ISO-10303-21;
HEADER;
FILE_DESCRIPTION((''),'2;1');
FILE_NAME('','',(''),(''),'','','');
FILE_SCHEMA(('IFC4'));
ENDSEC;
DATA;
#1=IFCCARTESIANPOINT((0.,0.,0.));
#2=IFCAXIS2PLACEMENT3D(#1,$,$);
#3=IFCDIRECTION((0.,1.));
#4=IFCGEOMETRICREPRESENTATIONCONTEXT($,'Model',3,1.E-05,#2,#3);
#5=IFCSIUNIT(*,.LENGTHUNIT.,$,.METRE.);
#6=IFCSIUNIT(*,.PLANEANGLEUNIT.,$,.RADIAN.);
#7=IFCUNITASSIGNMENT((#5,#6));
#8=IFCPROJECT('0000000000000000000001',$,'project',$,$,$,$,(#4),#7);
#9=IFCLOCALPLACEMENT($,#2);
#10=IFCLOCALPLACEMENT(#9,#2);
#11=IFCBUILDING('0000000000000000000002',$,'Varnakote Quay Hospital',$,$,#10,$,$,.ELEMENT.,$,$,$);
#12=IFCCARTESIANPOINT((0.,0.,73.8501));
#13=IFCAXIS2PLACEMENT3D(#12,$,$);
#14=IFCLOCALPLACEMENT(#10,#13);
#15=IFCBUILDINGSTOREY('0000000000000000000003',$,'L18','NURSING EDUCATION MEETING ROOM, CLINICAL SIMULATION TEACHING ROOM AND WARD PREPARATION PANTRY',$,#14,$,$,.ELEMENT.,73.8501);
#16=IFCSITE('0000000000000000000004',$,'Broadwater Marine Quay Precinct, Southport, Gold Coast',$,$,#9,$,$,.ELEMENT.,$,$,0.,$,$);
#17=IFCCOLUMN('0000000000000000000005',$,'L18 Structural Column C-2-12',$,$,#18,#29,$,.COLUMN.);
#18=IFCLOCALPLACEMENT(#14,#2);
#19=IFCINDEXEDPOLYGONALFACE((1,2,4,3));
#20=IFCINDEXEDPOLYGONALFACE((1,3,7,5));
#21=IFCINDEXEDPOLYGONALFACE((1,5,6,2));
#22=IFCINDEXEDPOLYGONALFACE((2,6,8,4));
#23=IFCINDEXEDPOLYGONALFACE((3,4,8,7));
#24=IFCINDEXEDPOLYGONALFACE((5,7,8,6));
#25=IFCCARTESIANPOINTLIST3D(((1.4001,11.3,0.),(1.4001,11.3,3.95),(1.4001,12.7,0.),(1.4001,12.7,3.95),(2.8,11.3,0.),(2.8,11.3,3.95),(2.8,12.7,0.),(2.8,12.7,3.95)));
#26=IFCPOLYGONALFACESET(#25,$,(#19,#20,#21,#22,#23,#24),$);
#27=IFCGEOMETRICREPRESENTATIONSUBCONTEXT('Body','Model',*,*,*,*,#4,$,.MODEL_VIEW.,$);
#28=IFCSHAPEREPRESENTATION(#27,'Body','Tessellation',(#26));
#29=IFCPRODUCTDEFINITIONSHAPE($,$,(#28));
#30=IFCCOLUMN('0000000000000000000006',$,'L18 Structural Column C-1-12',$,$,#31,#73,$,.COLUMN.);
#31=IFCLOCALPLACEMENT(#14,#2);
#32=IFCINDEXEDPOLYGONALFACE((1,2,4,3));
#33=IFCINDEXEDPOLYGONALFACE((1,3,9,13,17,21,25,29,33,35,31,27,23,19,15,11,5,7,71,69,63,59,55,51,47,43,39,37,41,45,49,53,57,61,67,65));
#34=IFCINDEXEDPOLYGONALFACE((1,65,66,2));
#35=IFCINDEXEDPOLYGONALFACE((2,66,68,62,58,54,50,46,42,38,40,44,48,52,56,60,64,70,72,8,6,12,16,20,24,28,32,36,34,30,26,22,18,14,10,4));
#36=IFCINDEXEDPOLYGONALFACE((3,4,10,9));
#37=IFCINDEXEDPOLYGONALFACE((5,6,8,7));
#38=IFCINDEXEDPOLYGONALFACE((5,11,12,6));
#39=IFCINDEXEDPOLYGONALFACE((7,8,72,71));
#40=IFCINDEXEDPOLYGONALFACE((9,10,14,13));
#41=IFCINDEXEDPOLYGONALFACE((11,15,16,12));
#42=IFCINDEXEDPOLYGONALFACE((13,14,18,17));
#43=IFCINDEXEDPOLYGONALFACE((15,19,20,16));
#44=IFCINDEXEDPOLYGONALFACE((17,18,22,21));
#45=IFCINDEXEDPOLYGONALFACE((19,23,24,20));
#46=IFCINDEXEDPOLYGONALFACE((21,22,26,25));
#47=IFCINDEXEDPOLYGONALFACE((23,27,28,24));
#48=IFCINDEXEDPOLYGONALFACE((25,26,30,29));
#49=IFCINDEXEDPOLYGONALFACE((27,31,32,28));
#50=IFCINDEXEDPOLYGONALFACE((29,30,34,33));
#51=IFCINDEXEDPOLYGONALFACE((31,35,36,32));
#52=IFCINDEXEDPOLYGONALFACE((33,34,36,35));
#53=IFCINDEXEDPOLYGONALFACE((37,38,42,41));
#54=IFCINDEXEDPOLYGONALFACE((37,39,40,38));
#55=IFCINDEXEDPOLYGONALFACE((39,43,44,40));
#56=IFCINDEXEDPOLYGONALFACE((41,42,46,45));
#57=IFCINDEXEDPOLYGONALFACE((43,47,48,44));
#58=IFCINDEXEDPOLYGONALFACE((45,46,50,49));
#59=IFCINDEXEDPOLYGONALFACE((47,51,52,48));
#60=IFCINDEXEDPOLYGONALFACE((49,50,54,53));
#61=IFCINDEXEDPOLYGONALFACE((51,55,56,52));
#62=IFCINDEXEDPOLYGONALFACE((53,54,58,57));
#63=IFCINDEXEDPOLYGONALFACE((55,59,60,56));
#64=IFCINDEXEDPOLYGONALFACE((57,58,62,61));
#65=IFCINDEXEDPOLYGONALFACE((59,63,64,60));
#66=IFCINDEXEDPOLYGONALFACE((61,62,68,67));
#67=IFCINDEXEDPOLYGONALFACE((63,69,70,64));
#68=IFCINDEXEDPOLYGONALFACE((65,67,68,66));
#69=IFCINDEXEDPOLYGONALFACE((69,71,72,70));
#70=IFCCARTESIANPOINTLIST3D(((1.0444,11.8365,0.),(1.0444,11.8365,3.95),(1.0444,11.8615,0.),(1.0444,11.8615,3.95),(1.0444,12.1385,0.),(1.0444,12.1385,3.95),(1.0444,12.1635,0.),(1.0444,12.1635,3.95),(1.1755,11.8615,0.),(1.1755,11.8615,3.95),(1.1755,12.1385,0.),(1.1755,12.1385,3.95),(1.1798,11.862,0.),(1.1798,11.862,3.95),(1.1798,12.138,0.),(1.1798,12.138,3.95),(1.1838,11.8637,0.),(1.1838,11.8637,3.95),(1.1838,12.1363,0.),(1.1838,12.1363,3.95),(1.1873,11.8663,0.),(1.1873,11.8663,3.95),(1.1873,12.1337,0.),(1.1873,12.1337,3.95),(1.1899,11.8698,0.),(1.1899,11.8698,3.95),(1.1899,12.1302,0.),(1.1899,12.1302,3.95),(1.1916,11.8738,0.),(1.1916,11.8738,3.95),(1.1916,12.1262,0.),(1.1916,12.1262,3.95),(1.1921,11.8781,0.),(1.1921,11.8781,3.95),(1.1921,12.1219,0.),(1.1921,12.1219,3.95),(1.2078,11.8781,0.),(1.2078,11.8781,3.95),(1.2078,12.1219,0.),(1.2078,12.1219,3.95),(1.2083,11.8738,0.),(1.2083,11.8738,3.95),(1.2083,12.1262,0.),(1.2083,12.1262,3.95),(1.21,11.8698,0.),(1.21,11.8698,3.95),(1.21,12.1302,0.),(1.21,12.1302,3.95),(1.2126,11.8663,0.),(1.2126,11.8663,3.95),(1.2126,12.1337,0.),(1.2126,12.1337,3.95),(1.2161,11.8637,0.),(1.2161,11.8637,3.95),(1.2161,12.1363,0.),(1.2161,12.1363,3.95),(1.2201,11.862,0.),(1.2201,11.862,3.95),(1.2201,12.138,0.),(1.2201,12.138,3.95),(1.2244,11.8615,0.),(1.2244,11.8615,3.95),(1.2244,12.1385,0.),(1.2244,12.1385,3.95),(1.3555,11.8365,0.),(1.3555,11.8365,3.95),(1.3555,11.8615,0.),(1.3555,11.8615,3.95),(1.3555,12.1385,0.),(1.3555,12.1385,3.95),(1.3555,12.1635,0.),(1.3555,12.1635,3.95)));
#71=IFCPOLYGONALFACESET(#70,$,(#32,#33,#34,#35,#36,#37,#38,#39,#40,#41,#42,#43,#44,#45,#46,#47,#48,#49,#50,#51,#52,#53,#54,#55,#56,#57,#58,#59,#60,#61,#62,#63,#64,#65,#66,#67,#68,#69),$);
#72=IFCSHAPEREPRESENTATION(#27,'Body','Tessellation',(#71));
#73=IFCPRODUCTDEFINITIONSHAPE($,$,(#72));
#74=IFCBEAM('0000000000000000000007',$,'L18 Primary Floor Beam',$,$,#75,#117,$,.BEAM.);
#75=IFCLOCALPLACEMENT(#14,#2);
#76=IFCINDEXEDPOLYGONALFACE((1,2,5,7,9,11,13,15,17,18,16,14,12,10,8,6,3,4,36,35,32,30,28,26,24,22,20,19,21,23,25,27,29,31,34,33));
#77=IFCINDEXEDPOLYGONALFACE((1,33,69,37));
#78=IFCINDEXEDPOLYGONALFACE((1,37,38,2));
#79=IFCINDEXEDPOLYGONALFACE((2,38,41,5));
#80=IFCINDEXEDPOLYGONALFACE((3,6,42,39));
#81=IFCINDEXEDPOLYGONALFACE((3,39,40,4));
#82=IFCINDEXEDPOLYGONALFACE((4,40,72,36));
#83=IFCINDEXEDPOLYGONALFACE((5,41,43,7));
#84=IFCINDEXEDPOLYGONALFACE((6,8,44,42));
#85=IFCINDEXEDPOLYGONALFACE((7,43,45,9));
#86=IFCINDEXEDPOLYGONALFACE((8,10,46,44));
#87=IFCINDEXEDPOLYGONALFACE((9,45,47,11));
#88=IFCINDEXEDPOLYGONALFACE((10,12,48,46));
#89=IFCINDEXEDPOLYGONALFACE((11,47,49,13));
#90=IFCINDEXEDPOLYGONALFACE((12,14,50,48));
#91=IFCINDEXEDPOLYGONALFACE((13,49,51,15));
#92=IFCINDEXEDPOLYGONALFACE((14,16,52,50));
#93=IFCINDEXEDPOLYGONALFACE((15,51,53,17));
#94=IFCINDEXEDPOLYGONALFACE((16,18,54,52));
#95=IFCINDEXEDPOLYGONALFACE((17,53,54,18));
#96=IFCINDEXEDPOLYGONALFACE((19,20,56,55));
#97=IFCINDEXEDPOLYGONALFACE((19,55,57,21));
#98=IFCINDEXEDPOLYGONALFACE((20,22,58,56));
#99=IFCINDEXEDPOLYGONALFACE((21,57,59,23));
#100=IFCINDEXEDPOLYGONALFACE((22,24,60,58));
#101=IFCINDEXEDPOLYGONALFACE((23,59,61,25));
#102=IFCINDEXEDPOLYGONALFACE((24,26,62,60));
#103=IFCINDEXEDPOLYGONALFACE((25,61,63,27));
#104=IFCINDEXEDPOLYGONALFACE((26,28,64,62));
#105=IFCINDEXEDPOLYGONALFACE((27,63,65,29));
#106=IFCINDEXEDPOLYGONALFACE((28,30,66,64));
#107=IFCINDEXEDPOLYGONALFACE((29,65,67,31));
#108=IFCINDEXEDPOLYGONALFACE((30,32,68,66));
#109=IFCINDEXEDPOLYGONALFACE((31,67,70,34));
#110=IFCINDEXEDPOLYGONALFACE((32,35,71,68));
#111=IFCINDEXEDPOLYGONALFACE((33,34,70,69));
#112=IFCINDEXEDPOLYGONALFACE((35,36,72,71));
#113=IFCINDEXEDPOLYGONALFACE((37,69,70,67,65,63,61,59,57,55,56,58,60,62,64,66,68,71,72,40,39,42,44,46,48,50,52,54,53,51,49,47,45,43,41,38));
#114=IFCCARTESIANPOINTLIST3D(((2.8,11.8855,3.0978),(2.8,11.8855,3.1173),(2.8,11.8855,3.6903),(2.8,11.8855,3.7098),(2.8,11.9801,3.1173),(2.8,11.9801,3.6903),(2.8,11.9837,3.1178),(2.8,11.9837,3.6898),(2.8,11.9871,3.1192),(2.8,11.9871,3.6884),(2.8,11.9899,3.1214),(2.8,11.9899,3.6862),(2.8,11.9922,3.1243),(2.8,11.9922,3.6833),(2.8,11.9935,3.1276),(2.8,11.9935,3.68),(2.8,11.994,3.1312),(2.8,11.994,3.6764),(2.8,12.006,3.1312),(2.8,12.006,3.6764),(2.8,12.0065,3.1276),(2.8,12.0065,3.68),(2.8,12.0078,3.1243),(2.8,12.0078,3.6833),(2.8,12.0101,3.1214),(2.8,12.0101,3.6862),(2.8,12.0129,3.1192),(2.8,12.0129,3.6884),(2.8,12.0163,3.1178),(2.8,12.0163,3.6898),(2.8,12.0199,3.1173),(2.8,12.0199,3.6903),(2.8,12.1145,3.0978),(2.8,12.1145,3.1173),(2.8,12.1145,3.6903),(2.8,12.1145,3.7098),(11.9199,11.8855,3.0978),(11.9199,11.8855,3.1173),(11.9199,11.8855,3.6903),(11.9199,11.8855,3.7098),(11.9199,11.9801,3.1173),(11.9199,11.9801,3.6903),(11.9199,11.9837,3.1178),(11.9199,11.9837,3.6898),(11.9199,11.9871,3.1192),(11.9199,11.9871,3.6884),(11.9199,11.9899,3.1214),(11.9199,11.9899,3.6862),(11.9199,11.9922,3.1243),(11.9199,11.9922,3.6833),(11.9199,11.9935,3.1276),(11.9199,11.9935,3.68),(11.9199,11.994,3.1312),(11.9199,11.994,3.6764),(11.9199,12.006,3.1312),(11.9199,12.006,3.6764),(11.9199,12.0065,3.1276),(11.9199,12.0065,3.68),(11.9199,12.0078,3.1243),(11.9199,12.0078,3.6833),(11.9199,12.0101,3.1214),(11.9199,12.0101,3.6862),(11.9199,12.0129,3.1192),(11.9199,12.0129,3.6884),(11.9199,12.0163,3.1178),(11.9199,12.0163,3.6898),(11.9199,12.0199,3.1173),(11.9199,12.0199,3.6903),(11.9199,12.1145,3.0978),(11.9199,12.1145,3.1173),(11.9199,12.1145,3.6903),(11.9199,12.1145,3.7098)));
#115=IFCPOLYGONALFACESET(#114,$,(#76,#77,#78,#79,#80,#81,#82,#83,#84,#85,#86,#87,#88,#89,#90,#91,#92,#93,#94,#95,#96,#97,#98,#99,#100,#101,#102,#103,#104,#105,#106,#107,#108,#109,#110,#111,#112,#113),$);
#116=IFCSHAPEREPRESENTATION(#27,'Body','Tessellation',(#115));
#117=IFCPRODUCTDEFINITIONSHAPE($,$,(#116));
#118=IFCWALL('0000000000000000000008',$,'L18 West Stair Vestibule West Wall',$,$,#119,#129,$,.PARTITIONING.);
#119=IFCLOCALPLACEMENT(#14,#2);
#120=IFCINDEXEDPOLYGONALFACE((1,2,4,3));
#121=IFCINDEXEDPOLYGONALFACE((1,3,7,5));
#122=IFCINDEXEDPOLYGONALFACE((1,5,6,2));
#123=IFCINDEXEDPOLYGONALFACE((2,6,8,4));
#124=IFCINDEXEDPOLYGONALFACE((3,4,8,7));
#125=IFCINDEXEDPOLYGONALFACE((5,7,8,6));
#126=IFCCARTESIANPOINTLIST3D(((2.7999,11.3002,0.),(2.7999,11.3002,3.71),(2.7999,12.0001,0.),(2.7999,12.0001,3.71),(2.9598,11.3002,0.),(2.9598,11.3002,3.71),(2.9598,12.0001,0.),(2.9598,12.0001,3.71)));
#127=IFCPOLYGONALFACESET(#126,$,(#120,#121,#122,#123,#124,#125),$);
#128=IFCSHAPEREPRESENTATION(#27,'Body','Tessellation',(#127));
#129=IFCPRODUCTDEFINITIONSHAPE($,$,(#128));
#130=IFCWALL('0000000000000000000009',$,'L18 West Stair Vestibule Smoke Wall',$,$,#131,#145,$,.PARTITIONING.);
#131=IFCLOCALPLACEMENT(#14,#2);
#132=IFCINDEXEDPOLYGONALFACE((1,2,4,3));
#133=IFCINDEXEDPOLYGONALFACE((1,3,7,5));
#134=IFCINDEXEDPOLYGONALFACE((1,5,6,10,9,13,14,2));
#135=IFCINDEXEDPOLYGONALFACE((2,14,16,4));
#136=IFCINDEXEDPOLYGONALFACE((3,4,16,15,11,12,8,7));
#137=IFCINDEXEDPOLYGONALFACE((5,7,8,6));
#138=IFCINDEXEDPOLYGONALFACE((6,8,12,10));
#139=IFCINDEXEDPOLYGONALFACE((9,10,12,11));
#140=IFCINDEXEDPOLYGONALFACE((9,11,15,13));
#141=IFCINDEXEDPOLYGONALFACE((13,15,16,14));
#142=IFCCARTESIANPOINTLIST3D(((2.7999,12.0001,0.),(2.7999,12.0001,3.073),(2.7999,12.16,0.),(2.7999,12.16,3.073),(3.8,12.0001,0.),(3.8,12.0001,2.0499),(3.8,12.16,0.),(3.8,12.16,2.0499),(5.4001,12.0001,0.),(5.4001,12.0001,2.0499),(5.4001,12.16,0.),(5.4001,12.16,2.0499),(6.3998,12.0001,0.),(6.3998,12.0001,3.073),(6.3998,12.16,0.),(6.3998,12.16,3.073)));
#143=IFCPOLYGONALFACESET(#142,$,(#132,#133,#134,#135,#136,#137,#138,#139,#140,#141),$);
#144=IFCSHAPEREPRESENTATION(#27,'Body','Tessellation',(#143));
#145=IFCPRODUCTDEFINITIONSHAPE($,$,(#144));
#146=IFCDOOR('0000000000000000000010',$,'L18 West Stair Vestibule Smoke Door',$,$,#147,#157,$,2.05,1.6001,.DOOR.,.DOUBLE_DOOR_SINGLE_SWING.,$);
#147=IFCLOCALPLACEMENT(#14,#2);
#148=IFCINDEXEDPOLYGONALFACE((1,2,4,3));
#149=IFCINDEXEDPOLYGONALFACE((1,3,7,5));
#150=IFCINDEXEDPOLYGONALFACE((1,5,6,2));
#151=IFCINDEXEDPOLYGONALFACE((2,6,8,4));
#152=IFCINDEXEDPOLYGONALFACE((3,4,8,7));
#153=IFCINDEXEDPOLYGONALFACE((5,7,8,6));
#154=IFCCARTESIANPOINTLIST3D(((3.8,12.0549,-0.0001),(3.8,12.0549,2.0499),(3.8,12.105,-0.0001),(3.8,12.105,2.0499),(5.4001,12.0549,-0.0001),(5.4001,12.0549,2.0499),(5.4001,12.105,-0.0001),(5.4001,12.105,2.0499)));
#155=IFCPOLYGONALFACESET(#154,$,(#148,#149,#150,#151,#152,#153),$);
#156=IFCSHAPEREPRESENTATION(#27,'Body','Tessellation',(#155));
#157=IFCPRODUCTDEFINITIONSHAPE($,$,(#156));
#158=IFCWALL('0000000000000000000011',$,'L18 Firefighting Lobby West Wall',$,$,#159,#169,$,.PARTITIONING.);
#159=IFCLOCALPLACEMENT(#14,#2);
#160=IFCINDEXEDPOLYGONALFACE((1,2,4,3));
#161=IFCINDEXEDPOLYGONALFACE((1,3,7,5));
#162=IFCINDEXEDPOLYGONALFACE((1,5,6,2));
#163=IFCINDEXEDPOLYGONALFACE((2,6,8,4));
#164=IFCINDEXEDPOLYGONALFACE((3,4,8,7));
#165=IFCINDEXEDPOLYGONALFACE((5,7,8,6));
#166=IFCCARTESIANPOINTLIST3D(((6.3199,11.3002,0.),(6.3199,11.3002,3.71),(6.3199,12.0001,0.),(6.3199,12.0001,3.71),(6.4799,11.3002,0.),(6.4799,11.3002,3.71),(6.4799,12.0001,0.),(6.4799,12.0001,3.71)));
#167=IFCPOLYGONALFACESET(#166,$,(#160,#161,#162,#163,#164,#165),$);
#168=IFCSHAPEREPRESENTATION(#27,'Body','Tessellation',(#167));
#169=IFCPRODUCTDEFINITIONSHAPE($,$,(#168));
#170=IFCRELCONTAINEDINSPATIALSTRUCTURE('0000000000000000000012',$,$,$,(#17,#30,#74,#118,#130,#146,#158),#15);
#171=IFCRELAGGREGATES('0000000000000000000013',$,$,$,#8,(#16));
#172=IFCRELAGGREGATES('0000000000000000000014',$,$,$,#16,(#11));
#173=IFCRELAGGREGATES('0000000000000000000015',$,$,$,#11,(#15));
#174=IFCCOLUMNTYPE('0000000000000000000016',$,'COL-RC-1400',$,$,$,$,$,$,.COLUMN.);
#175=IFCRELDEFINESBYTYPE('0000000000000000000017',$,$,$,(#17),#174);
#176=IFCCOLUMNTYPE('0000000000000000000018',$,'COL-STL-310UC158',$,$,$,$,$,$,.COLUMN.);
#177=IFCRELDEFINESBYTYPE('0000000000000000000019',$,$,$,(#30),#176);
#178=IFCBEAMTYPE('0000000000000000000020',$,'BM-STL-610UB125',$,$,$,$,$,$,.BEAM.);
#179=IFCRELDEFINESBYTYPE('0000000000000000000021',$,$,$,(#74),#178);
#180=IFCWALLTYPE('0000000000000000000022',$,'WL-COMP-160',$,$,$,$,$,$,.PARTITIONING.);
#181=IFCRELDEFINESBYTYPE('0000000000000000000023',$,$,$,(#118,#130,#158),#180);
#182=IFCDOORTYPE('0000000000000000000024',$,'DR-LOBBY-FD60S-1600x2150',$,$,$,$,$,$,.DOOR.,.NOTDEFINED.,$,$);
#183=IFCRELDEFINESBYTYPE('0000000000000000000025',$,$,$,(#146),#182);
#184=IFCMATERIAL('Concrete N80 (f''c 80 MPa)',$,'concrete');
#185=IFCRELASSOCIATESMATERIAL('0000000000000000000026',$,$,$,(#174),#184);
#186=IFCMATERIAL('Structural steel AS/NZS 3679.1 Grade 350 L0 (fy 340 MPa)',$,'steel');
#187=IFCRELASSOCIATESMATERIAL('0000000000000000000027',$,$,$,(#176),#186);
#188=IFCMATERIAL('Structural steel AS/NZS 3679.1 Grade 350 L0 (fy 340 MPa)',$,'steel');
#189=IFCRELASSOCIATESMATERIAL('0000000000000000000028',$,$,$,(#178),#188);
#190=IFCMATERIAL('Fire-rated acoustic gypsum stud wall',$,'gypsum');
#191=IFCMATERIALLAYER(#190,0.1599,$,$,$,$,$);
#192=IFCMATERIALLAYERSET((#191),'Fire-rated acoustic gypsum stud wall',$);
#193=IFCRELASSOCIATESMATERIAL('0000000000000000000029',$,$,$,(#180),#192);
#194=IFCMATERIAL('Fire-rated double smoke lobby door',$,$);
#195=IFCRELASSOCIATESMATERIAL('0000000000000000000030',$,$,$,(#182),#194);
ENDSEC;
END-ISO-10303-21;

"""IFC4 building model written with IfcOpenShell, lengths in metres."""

from ifc_helpers import new_model, si_unit, direction, frame, frame_2d, origin, origin_2d, place, context, subcontext, project, spatial, rectangle, i_section, extrude, material, layer, layer_set, material_profile, profile_set, type_object, element, fill, save


model = new_model("IFC4")

# Units and contexts
model_context = context("Model", 3, precision=1e-05, world=origin(), true_north=direction((0.0, 1.0)))
body_context = subcontext(model_context, "Body", "Model", "MODEL_VIEW")
ifc_project = project(units=[si_unit("LENGTHUNIT", "METRE"), si_unit("PLANEANGLEUNIT", "RADIAN")], contexts=[model_context])

# Site, building, storey
site_placement = place(None, origin())
site = spatial("IfcSite", under=ifc_project, at=site_placement, Name="Broadwater Marine Quay Precinct, Southport, Gold Coast", CompositionType="ELEMENT", RefElevation=0.0)
building_placement = place(site_placement, origin())
building = spatial("IfcBuilding", under=site, at=building_placement, Name="Varnakote Quay Hospital", CompositionType="ELEMENT")
storey_placement = place(building_placement, frame((0.0, 0.0, 73.8501)))
storey = spatial("IfcBuildingStorey", under=building, at=storey_placement, Name="L18", Description="NURSING EDUCATION MEETING ROOM, CLINICAL SIMULATION TEACHING ROOM AND WARD PREPARATION PANTRY", CompositionType="ELEMENT", Elevation=73.8501)

# Columns
ifc_material_1 = material(Name="Concrete N80 (f'c 80 MPa)", Category="concrete")
ifc_material_profile_1 = material_profile(ifc_material_1, rectangle(XDim=1.3999, YDim=1.3999, at=origin_2d()), Name="RC-COL-1400x1400")
ifc_profile_set_1 = profile_set([ifc_material_profile_1], Name="Concrete N80 (f'c 80 MPa)")
column_type_1 = type_object("IfcColumnType", Name="COL-RC-1400", PredefinedType="COLUMN", material=ifc_profile_set_1)
column_1_placement = place(storey_placement, frame((2.1001, 12.0, 0.0), z_axis=(0.0, 0.0, 1.0), x_axis=(1.0, 0.0, 0.0)))
element("IfcColumn", 1, at=column_1_placement, inside=storey, type_object=column_type_1, Name="L18 Structural Column C-2-12", PredefinedType="COLUMN", context=body_context, shape_type="SweptSolid", body=[
    extrude(rectangle(XDim=1.3999, YDim=1.3999, at=origin_2d()), origin(), (0.0, 0.0, 1.0), 3.95),
])
ifc_material_2 = material(Name="Structural steel AS/NZS 3679.1 Grade 350 L0 (fy 340 MPa)", Category="steel")
ifc_material_profile_2 = material_profile(ifc_material_2, i_section(OverallWidth=0.311, OverallDepth=0.3269, WebThickness=0.0156, FlangeThickness=0.0249, FilletRadius=0.0166, at=origin_2d()), Name="310UC158")
ifc_profile_set_2 = profile_set([ifc_material_profile_2], Name="Structural steel AS/NZS 3679.1 Grade 350 L0 (fy 340 MPa)")
column_type_2 = type_object("IfcColumnType", Name="COL-STL-310UC158", PredefinedType="COLUMN", material=ifc_profile_set_2)
column_2_placement = place(storey_placement, frame((1.2, 12.0, 0.0), z_axis=(0.0, 0.0, 1.0), x_axis=(1.0, 0.0, 0.0)))
element("IfcColumn", 2, at=column_2_placement, inside=storey, type_object=column_type_2, Name="L18 Structural Column C-1-12", PredefinedType="COLUMN", context=body_context, shape_type="SweptSolid", body=[
    extrude(i_section(OverallWidth=0.311, OverallDepth=0.3269, WebThickness=0.0156, FlangeThickness=0.0249, FilletRadius=0.0166, at=origin_2d()), origin(), (0.0, 0.0, 1.0), 3.95),
])

# Beam
ifc_material_3 = material(Name="Structural steel AS/NZS 3679.1 Grade 350 L0 (fy 340 MPa)", Category="steel")
ifc_material_profile_3 = material_profile(ifc_material_3, i_section(OverallWidth=0.229, OverallDepth=0.6121, WebThickness=0.012, FlangeThickness=0.0195, FilletRadius=0.0139, at=origin_2d()), Name="610UB125")
ifc_profile_set_3 = profile_set([ifc_material_profile_3], Name="Structural steel AS/NZS 3679.1 Grade 350 L0 (fy 340 MPa)")
beam_type = type_object("IfcBeamType", Name="BM-STL-610UB125", PredefinedType="BEAM", material=ifc_profile_set_3)
beam_placement = place(storey_placement, frame((2.8, 12.0, 3.4038), z_axis=(1.0, 0.0, 0.0), x_axis=(0.0, 1.0, 0.0)))
element("IfcBeam", 3, at=beam_placement, inside=storey, type_object=beam_type, Name="L18 Primary Floor Beam", PredefinedType="BEAM", context=body_context, shape_type="SweptSolid", body=[
    extrude(i_section(OverallWidth=0.229, OverallDepth=0.6121, WebThickness=0.012, FlangeThickness=0.0195, FilletRadius=0.0139, at=origin_2d()), origin(), (0.0, 0.0, 1.0), 9.1199),
])

# Wall
ifc_material_4 = material(Name="Fire-rated acoustic gypsum stud wall", Category="gypsum")
ifc_layer_1 = layer(ifc_material_4, 0.1599)
ifc_layer_set_1 = layer_set([ifc_layer_1], Name="Fire-rated acoustic gypsum stud wall")
wall_type_1 = type_object("IfcWallType", Name="WL-COMP-160", PredefinedType="PARTITIONING", material=ifc_layer_set_1)
wall_1_placement = place(storey_placement, frame((2.8799, 11.3, 0.0), z_axis=(0.0, 0.0, 1.0), x_axis=(0.0, 1.0, 0.0)))
element("IfcWall", 4, at=wall_1_placement, inside=storey, type_object=wall_type_1, Name="L18 West Stair Vestibule West Wall", PredefinedType="PARTITIONING", context=body_context, shape_type="SweptSolid", body=[
    extrude(rectangle(XDim=0.7, YDim=0.1599, at=frame_2d((0.3501, 0.0))), origin(), (0.0, 0.0, 1.0), 3.71),
])

# Wall, opening, door
wall_2_placement = place(storey_placement, frame((2.8, 12.0801, 0.0), z_axis=(0.0, 0.0, 1.0), x_axis=(1.0, 0.0, 0.0)))
wall_2 = element("IfcWall", 5, at=wall_2_placement, inside=storey, type_object=wall_type_1, Name="L18 West Stair Vestibule Smoke Wall", PredefinedType="PARTITIONING", context=body_context, shape_type="SweptSolid", body=[
    extrude(rectangle(XDim=3.5999, YDim=0.1599, at=frame_2d((1.7998, 0.0))), origin(), (0.0, 0.0, 1.0), 3.073),
])
opening_1_placement = place(wall_2_placement, frame((1.0, 0.0, 0.0)))
opening_1 = element("IfcOpeningElement", 6, at=opening_1_placement, cuts=wall_2, PredefinedType="OPENING", context=body_context, shape_type="SweptSolid", body=[
    extrude(rectangle(XDim=1.6001, YDim=2.05, at=frame_2d((0.8, 1.0249))), frame((0.0, 0.0898, 0.0), z_axis=(0.0, -1.0, 0.0), x_axis=(1.0, 0.0, 0.0)), (0.0, 0.0, 1.0), 0.1799),
])
ifc_material_5 = material(Name="Fire-rated double smoke lobby door")
door_type_1 = type_object("IfcDoorType", Name="DR-LOBBY-FD60S-1600x2150", OperationType="NOTDEFINED", PredefinedType="DOOR", material=ifc_material_5)
door_1_placement = place(opening_1_placement, origin())
door_1 = element("IfcDoor", 7, at=door_1_placement, inside=storey, type_object=door_type_1, Name="L18 West Stair Vestibule Smoke Door", OperationType="DOUBLE_DOOR_SINGLE_SWING", OverallHeight=2.05, OverallWidth=1.6001, PredefinedType="DOOR", context=body_context, shape_type="SweptSolid", body=[
    extrude(rectangle(XDim=1.6001, YDim=2.05, at=frame_2d((0.8, 1.0249))), frame((0.0, 0.0249, 0.0), z_axis=(0.0, -1.0, 0.0), x_axis=(1.0, 0.0, 0.0)), (0.0, 0.0, 1.0), 0.05),
])
fill(opening_1, door_1)

# Wall
wall_3_placement = place(storey_placement, frame((6.3999, 11.3, 0.0), z_axis=(0.0, 0.0, 1.0), x_axis=(0.0, 1.0, 0.0)))
element("IfcWall", 8, at=wall_3_placement, inside=storey, type_object=wall_type_1, Name="L18 Firefighting Lobby West Wall", PredefinedType="PARTITIONING", context=body_context, shape_type="SweptSolid", body=[
    extrude(rectangle(XDim=0.7, YDim=0.1599, at=frame_2d((0.3501, 0.0))), origin(), (0.0, 0.0, 1.0), 3.71),
])

save(model, "model.ifc")
